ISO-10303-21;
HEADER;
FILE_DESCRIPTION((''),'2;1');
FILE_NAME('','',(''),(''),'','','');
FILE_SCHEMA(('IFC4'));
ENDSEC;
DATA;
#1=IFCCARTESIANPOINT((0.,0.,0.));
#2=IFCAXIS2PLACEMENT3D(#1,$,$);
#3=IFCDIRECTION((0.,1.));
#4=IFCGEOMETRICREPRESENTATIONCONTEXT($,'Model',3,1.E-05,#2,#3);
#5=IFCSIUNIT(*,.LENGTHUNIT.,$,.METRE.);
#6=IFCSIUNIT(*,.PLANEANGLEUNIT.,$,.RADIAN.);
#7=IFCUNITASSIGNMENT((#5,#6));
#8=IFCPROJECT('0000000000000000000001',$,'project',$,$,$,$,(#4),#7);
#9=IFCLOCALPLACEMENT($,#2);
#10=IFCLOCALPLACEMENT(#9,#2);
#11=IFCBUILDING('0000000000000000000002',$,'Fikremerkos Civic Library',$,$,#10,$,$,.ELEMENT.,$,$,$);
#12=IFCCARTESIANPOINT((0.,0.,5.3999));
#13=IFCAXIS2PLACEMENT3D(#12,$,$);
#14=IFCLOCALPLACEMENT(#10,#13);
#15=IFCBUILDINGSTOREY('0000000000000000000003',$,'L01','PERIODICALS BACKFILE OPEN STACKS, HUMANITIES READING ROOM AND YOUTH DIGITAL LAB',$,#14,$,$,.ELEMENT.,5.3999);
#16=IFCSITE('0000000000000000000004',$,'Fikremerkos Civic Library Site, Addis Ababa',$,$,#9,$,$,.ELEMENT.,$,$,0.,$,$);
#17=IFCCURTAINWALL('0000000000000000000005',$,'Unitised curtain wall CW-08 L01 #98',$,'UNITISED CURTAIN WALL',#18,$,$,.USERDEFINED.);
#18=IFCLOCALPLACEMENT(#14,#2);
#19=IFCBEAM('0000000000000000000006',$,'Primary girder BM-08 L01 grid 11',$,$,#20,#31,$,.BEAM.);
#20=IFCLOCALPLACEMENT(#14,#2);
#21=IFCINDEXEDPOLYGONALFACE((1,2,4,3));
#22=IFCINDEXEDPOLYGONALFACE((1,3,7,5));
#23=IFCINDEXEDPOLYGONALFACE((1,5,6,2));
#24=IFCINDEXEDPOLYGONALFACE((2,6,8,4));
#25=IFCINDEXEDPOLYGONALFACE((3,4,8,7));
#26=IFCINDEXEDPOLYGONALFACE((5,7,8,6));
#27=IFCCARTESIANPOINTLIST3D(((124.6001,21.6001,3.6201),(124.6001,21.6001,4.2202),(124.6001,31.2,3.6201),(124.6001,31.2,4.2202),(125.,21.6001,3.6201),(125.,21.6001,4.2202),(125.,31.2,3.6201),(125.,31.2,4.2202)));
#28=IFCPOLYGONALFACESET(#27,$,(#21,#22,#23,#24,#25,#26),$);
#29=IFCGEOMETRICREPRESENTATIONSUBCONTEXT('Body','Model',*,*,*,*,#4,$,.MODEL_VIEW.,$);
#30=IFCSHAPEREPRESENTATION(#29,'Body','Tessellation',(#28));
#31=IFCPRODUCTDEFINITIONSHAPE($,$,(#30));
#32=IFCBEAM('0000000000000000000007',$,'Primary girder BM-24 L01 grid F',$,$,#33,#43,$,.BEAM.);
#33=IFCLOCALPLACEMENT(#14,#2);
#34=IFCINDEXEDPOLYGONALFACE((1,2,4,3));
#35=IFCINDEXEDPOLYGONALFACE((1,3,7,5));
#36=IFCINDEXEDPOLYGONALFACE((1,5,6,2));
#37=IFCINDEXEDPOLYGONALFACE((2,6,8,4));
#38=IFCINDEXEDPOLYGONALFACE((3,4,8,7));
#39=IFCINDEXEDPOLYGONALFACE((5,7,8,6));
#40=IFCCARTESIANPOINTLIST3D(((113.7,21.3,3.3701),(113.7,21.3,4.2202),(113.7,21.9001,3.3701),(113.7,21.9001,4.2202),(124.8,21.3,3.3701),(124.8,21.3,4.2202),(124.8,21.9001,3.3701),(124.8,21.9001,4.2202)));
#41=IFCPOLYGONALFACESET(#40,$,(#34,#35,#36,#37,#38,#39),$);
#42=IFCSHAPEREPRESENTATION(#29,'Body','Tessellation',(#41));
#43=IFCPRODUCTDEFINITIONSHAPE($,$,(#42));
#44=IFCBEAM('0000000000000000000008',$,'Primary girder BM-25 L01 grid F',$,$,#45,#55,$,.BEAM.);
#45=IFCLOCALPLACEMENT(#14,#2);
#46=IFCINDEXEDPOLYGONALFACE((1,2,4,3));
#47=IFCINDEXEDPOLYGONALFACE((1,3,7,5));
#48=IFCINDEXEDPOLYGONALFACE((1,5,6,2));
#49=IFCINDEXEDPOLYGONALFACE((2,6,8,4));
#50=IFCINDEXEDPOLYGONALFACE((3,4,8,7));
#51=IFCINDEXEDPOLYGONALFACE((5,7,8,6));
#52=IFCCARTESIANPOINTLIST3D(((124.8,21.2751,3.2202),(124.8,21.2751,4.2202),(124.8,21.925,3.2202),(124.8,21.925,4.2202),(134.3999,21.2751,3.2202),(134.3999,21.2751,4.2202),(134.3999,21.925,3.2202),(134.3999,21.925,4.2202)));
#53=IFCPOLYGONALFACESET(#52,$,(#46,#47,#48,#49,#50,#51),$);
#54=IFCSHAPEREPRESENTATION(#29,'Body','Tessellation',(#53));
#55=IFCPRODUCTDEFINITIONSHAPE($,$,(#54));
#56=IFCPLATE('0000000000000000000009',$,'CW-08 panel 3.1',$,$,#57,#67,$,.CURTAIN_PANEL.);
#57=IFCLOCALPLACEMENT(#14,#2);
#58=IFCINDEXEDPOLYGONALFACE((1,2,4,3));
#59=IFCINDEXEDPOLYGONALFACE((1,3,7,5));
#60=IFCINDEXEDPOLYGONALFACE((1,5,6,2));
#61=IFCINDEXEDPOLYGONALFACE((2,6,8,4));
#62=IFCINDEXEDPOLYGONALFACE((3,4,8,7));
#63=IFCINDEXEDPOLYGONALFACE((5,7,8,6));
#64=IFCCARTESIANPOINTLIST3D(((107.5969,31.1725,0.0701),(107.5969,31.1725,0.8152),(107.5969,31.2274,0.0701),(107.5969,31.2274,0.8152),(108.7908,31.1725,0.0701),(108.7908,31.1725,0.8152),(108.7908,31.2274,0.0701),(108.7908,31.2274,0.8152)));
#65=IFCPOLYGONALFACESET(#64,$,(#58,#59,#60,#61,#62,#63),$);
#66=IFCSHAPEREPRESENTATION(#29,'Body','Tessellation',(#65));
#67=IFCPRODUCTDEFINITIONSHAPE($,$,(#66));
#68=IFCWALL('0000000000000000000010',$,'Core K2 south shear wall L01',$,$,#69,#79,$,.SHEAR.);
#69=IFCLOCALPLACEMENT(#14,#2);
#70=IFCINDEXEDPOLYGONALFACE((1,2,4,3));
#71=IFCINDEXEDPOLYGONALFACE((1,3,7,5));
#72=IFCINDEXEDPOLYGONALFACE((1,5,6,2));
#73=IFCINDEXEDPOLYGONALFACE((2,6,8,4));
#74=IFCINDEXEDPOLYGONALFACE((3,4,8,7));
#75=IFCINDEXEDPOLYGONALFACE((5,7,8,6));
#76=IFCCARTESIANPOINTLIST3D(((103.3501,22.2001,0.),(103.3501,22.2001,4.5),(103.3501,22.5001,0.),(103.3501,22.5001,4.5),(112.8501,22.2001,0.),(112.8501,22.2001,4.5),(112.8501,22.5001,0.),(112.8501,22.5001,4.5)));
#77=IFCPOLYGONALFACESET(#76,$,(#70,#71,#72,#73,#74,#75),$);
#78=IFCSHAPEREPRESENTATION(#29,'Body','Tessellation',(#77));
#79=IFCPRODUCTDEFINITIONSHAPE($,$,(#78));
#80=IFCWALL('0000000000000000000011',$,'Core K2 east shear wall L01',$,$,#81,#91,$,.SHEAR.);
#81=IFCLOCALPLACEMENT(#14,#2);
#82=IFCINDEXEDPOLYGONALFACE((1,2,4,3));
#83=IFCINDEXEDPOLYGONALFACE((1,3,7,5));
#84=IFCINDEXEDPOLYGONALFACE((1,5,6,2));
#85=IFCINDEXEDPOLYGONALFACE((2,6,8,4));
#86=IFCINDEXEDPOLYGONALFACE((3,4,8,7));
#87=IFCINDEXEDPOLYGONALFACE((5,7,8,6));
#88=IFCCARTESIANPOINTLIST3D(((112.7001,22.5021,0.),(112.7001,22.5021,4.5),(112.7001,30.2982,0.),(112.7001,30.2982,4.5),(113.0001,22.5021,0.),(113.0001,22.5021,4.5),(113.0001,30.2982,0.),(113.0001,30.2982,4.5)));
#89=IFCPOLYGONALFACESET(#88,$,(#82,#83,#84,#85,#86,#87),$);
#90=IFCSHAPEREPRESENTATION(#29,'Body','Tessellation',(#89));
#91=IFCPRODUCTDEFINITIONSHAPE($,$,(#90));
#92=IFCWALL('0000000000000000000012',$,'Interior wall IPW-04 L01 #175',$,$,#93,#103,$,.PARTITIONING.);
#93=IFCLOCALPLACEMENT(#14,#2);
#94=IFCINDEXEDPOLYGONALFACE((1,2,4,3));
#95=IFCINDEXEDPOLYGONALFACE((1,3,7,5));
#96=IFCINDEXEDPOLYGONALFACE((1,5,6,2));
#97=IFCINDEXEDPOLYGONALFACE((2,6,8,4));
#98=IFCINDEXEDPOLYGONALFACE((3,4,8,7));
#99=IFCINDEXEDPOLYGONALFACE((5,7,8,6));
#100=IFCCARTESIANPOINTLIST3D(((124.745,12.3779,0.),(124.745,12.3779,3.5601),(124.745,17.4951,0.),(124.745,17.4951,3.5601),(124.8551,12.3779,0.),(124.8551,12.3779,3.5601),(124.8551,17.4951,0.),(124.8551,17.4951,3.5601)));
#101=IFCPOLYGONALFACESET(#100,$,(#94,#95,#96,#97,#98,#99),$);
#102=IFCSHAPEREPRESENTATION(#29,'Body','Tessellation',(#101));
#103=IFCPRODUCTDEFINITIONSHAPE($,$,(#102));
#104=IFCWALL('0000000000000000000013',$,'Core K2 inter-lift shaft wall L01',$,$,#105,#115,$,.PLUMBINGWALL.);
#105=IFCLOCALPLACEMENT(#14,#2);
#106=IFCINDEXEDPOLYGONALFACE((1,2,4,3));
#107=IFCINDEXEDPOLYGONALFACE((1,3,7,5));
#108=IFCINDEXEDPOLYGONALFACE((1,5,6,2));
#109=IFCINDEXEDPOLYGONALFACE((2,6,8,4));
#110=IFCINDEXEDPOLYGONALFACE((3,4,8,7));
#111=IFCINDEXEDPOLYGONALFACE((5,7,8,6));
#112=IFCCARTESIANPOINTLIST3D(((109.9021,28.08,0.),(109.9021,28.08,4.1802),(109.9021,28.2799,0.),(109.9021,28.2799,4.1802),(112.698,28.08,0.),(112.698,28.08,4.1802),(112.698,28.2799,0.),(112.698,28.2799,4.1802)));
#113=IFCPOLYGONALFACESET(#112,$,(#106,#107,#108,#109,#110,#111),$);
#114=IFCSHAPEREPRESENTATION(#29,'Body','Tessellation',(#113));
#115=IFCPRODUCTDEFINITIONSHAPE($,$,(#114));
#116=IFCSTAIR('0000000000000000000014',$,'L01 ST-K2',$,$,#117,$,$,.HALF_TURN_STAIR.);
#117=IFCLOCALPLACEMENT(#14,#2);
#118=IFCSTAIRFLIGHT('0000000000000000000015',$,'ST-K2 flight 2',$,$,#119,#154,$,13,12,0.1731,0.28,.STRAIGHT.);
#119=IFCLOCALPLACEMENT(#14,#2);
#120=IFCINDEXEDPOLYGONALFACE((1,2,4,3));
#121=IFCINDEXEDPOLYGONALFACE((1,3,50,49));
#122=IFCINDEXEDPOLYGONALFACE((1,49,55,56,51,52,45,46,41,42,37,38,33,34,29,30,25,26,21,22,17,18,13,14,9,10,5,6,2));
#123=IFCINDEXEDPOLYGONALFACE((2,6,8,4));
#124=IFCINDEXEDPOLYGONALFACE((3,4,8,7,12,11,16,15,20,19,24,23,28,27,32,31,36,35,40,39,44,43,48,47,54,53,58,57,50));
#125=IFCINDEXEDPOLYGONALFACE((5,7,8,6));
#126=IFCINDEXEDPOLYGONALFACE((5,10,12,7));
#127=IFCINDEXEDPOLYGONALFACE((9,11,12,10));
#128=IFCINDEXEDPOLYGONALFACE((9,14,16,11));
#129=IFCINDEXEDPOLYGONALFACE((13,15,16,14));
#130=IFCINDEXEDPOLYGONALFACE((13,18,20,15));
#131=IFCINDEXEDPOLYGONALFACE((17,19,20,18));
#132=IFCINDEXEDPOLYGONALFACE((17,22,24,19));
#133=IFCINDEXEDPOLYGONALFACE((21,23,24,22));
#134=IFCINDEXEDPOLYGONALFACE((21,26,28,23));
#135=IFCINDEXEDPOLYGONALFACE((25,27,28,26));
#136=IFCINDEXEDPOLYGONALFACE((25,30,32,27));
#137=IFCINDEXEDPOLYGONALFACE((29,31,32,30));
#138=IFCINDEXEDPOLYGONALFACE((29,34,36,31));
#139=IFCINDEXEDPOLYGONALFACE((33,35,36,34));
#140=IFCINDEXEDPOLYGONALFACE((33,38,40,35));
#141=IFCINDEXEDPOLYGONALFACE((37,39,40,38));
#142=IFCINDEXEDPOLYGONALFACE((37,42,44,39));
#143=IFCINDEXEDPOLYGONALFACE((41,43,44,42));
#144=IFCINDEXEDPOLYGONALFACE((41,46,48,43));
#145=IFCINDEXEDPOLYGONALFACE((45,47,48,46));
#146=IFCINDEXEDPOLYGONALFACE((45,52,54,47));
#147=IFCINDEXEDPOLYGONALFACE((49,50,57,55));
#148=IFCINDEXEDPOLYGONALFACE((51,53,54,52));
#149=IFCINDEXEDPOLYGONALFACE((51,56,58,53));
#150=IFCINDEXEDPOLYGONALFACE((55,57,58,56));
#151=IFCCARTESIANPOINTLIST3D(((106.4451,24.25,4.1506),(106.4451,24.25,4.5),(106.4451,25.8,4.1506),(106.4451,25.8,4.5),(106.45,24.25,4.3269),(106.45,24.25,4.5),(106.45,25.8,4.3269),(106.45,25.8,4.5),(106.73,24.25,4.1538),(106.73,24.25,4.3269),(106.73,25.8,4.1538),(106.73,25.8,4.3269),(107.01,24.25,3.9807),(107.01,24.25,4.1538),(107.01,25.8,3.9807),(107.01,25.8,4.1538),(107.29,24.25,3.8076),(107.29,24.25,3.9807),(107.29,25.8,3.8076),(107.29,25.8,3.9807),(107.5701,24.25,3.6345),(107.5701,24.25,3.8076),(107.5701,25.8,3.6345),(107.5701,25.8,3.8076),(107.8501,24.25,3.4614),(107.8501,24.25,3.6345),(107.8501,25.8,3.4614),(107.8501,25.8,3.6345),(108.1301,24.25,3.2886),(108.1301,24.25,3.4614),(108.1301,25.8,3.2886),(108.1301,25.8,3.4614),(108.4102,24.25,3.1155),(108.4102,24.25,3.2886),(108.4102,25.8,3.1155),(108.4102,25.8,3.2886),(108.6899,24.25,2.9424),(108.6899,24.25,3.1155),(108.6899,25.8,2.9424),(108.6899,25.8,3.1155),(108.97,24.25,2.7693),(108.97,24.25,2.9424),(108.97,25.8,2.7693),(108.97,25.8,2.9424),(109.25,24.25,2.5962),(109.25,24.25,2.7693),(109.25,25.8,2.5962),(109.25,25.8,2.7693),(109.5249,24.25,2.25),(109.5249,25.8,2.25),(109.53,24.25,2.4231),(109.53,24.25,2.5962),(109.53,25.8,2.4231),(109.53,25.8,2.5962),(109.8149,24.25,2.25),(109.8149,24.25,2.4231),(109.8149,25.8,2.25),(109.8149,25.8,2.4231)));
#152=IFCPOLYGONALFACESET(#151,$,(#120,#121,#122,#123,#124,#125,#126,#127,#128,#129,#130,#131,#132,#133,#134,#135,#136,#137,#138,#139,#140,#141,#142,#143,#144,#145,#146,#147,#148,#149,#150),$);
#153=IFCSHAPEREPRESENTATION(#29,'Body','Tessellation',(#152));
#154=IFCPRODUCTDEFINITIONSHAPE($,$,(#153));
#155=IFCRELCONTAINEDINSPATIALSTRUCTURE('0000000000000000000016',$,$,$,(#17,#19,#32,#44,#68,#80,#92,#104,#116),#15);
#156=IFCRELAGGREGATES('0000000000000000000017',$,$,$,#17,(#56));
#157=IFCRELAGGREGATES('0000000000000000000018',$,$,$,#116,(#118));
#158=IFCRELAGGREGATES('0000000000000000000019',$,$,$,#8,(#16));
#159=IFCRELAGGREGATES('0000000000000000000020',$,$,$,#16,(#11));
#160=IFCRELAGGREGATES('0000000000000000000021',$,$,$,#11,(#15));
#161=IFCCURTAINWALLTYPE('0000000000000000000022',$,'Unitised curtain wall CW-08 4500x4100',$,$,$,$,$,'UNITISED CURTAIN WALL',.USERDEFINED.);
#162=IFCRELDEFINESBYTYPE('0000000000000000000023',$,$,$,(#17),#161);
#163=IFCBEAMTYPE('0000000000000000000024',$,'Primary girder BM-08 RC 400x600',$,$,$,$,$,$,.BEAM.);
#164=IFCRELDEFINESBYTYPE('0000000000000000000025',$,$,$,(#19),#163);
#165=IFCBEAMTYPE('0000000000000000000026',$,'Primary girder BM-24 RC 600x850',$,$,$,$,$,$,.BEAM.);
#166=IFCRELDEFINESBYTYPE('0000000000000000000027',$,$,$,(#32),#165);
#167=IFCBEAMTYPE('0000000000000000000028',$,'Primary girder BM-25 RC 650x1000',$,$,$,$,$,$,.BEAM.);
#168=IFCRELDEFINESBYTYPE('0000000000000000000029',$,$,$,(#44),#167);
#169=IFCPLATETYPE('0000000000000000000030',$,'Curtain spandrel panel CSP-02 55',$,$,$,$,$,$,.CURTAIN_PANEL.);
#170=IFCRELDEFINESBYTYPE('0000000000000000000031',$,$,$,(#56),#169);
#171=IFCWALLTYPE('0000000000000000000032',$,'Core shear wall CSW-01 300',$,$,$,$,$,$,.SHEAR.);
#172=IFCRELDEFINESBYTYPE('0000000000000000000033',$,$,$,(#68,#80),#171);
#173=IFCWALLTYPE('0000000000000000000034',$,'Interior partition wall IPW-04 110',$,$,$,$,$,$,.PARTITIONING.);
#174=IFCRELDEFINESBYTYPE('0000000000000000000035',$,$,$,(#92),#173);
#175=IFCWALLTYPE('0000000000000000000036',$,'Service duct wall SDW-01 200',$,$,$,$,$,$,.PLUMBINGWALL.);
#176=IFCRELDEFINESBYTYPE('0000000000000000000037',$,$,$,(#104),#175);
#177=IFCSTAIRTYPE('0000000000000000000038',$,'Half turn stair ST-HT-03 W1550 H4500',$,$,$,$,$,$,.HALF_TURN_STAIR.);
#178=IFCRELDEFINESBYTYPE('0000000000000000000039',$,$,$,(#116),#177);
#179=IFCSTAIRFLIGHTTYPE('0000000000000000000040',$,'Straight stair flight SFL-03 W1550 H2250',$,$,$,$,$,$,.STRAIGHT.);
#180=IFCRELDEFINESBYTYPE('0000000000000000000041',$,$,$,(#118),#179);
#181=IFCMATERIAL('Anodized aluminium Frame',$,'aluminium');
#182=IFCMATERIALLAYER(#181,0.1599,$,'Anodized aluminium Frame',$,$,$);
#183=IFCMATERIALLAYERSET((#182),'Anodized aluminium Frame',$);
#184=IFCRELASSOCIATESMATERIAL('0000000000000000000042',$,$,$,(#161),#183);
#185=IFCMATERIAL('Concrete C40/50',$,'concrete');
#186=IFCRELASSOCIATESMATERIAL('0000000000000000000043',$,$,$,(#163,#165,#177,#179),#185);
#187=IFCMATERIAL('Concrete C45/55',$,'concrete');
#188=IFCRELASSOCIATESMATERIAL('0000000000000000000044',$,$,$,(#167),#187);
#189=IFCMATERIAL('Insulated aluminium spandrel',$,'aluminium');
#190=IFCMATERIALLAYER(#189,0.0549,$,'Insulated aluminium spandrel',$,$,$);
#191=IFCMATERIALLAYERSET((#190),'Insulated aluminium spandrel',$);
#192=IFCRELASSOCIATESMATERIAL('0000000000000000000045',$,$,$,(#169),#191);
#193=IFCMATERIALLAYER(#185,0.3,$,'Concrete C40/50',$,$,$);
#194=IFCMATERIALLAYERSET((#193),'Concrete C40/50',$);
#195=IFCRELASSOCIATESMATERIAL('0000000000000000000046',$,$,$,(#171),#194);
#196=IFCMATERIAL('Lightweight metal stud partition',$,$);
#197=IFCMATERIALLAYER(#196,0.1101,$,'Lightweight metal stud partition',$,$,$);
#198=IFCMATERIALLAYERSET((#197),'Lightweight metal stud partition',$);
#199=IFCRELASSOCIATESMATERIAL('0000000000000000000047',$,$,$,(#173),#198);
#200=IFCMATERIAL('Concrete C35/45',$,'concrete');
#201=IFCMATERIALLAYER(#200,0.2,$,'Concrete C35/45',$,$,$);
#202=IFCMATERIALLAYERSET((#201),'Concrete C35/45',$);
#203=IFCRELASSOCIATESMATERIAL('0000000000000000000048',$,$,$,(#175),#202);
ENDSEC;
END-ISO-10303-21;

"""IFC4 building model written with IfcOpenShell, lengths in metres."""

from ifc_helpers import new_model, si_unit, direction, frame, frame_2d, origin, origin_2d, place, context, subcontext, project, spatial, polyline, rectangle, outline, extrude, material, layer, layer_set, material_profile, profile_set, type_object, element, aggregate, save


model = new_model("IFC4")

# Units and contexts
model_context = context("Model", 3, precision=1e-05, world=origin(), true_north=direction((0.0, 1.0)))
body_context = subcontext(model_context, "Body", "Model", "MODEL_VIEW")
ifc_project = project(units=[si_unit("LENGTHUNIT", "METRE"), si_unit("PLANEANGLEUNIT", "RADIAN")], contexts=[model_context])

# Site, building, storey
site_placement = place(None, origin())
site = spatial("IfcSite", under=ifc_project, at=site_placement, Name="Fikremerkos Civic Library Site, Addis Ababa", CompositionType="ELEMENT", RefElevation=0.0)
building_placement = place(site_placement, origin())
building = spatial("IfcBuilding", under=site, at=building_placement, Name="Fikremerkos Civic Library", CompositionType="ELEMENT")
storey_placement = place(building_placement, frame((0.0, 0.0, 5.3999)))
storey = spatial("IfcBuildingStorey", under=building, at=storey_placement, Name="L01", Description="PERIODICALS BACKFILE OPEN STACKS, HUMANITIES READING ROOM AND YOUTH DIGITAL LAB", CompositionType="ELEMENT", Elevation=5.3999)

# Shared definitions
ifc_material_1 = material(Name="Concrete C40/50", Category="concrete")

# Curtain wall
ifc_material_2 = material(Name="Anodized aluminium Frame", Category="aluminium")
ifc_layer_1 = layer(ifc_material_2, 0.1599, Name="Anodized aluminium Frame")
ifc_layer_set_1 = layer_set([ifc_layer_1], Name="Anodized aluminium Frame")
curtain_wall_type = type_object("IfcCurtainWallType", Name="Unitised curtain wall CW-08 4500x4100", ElementType="UNITISED CURTAIN WALL", PredefinedType="USERDEFINED", material=ifc_layer_set_1)
curtain_wall_placement = place(storey_placement, origin())
curtain_wall = element("IfcCurtainWall", 1, at=curtain_wall_placement, inside=storey, type_object=curtain_wall_type, Name="Unitised curtain wall CW-08 L01 #98", ObjectType="UNITISED CURTAIN WALL", PredefinedType="USERDEFINED")

# Beams
ifc_material_profile_1 = material_profile(ifc_material_1, rectangle(XDim=0.3999, YDim=0.6001, at=origin_2d()), Name="RC 400x600")
ifc_profile_set_1 = profile_set([ifc_material_profile_1], Name="Concrete C40/50")
beam_type_1 = type_object("IfcBeamType", Name="Primary girder BM-08 RC 400x600", PredefinedType="BEAM", material=ifc_profile_set_1)
beam_1_placement = place(storey_placement, frame((124.8, 21.6001, 3.9202), z_axis=(0.0, 1.0, 0.0), x_axis=(-1.0, 0.0, 0.0)))
element("IfcBeam", 2, at=beam_1_placement, inside=storey, type_object=beam_type_1, Name="Primary girder BM-08 L01 grid 11", PredefinedType="BEAM", context=body_context, shape_type="SweptSolid", body=[
    extrude(rectangle(XDim=0.3999, YDim=0.6001, at=origin_2d()), origin(), (0.0, 0.0, 1.0), 9.5999),
])
ifc_material_profile_2 = material_profile(ifc_material_1, rectangle(XDim=0.6001, YDim=0.8501, at=origin_2d()), Name="RC 600x850")
ifc_profile_set_2 = profile_set([ifc_material_profile_2], Name="Concrete C40/50")
beam_type_2 = type_object("IfcBeamType", Name="Primary girder BM-24 RC 600x850", PredefinedType="BEAM", material=ifc_profile_set_2)
beam_2_placement = place(storey_placement, frame((113.7, 21.6001, 3.7952), z_axis=(1.0, 0.0, 0.0), x_axis=(0.0, 1.0, 0.0)))
element("IfcBeam", 3, at=beam_2_placement, inside=storey, type_object=beam_type_2, Name="Primary girder BM-24 L01 grid F", PredefinedType="BEAM", context=body_context, shape_type="SweptSolid", body=[
    extrude(rectangle(XDim=0.6001, YDim=0.8501, at=origin_2d()), origin(), (0.0, 0.0, 1.0), 11.1001),
])
ifc_material_3 = material(Name="Concrete C45/55", Category="concrete")
ifc_material_profile_3 = material_profile(ifc_material_3, rectangle(XDim=0.6499, YDim=1.0, at=origin_2d()), Name="RC 650x1000")
ifc_profile_set_3 = profile_set([ifc_material_profile_3], Name="Concrete C45/55")
beam_type_3 = type_object("IfcBeamType", Name="Primary girder BM-25 RC 650x1000", PredefinedType="BEAM", material=ifc_profile_set_3)
beam_3_placement = place(storey_placement, frame((124.8, 21.6001, 3.7202), z_axis=(1.0, 0.0, 0.0), x_axis=(0.0, 1.0, 0.0)))
element("IfcBeam", 4, at=beam_3_placement, inside=storey, type_object=beam_type_3, Name="Primary girder BM-25 L01 grid F", PredefinedType="BEAM", context=body_context, shape_type="SweptSolid", body=[
    extrude(rectangle(XDim=0.6499, YDim=1.0, at=origin_2d()), origin(), (0.0, 0.0, 1.0), 9.5999),
])

# Plate
ifc_material_4 = material(Name="Insulated aluminium spandrel", Category="aluminium")
ifc_layer_2 = layer(ifc_material_4, 0.0549, Name="Insulated aluminium spandrel")
ifc_layer_set_2 = layer_set([ifc_layer_2], Name="Insulated aluminium spandrel")
plate_type = type_object("IfcPlateType", Name="Curtain spandrel panel CSP-02 55", PredefinedType="CURTAIN_PANEL", material=ifc_layer_set_2)
plate_placement = place(storey_placement, frame((108.1938, 31.2, 0.0701), z_axis=(0.0, 0.0, 1.0), x_axis=(1.0, 0.0, 0.0)))
plate = element("IfcPlate", 5, at=plate_placement, type_object=plate_type, Name="CW-08 panel 3.1", PredefinedType="CURTAIN_PANEL", context=body_context, shape_type="SweptSolid", body=[
    extrude(rectangle(XDim=1.1938, YDim=0.0549, at=origin_2d()), origin(), (0.0, 0.0, 1.0), 0.7451),
])
aggregate(curtain_wall, [plate])

# Walls
ifc_layer_3 = layer(ifc_material_1, 0.3, Name="Concrete C40/50")
ifc_layer_set_3 = layer_set([ifc_layer_3], Name="Concrete C40/50")
wall_type_1 = type_object("IfcWallType", Name="Core shear wall CSW-01 300", PredefinedType="SHEAR", material=ifc_layer_set_3)
wall_1_placement = place(storey_placement, frame((112.8501, 22.3501, 0.0), z_axis=(0.0, 0.0, 1.0), x_axis=(-1.0, 0.0, 0.0)))
element("IfcWall", 6, at=wall_1_placement, inside=storey, type_object=wall_type_1, Name="Core K2 south shear wall L01", PredefinedType="SHEAR", context=body_context, shape_type="SweptSolid", body=[
    extrude(rectangle(XDim=9.5, YDim=0.3, at=frame_2d((4.75, 0.0))), origin(), (0.0, 0.0, 1.0), 4.5),
])
wall_2_placement = place(storey_placement, frame((112.8501, 30.2981, 0.0), z_axis=(0.0, 0.0, 1.0), x_axis=(0.0, -1.0, 0.0)))
element("IfcWall", 7, at=wall_2_placement, inside=storey, type_object=wall_type_1, Name="Core K2 east shear wall L01", PredefinedType="SHEAR", context=body_context, shape_type="SweptSolid", body=[
    extrude(rectangle(XDim=7.7961, YDim=0.3, at=frame_2d((3.8979, 0.0))), origin(), (0.0, 0.0, 1.0), 4.5),
])

# Walls
ifc_material_5 = material(Name="Lightweight metal stud partition")
ifc_layer_4 = layer(ifc_material_5, 0.1101, Name="Lightweight metal stud partition")
ifc_layer_set_4 = layer_set([ifc_layer_4], Name="Lightweight metal stud partition")
wall_type_2 = type_object("IfcWallType", Name="Interior partition wall IPW-04 110", PredefinedType="PARTITIONING", material=ifc_layer_set_4)
wall_3_placement = place(storey_placement, frame((124.8, 12.3779, 0.0), z_axis=(0.0, 0.0, 1.0), x_axis=(0.0, 1.0, 0.0)))
element("IfcWall", 8, at=wall_3_placement, inside=storey, type_object=wall_type_2, Name="Interior wall IPW-04 L01 #175", PredefinedType="PARTITIONING", context=body_context, shape_type="SweptSolid", body=[
    extrude(rectangle(XDim=5.1172, YDim=0.1101, at=frame_2d((2.5586, 0.0))), origin(), (0.0, 0.0, 1.0), 3.5601),
])
ifc_material_6 = material(Name="Concrete C35/45", Category="concrete")
ifc_layer_5 = layer(ifc_material_6, 0.2, Name="Concrete C35/45")
ifc_layer_set_5 = layer_set([ifc_layer_5], Name="Concrete C35/45")
wall_type_3 = type_object("IfcWallType", Name="Service duct wall SDW-01 200", PredefinedType="PLUMBINGWALL", material=ifc_layer_set_5)
wall_4_placement = place(storey_placement, frame((109.9021, 28.1799, 0.0), z_axis=(0.0, 0.0, 1.0), x_axis=(1.0, 0.0, 0.0)))
element("IfcWall", 9, at=wall_4_placement, inside=storey, type_object=wall_type_3, Name="Core K2 inter-lift shaft wall L01", PredefinedType="PLUMBINGWALL", context=body_context, shape_type="SweptSolid", body=[
    extrude(rectangle(XDim=2.7959, YDim=0.2, at=frame_2d((1.3979, 0.0))), origin(), (0.0, 0.0, 1.0), 4.1802),
])

# Stair, stair flight
stair_type = type_object("IfcStairType", Name="Half turn stair ST-HT-03 W1550 H4500", PredefinedType="HALF_TURN_STAIR", material=ifc_material_1)
stair_placement = place(storey_placement, origin())
stair = element("IfcStair", 10, at=stair_placement, inside=storey, type_object=stair_type, Name="L01 ST-K2", PredefinedType="HALF_TURN_STAIR")
stair_flight_type = type_object("IfcStairFlightType", Name="Straight stair flight SFL-03 W1550 H2250", PredefinedType="STRAIGHT", material=ifc_material_1)
stair_flight_placement = place(storey_placement, frame((109.8101, 25.0249, 2.25), z_axis=(0.0, 0.0, 1.0), x_axis=(-1.0, 0.0, 0.0)))
stair_flight = element("IfcStairFlight", 11, at=stair_flight_placement, type_object=stair_flight_type, Name="ST-K2 flight 2", NumberOfRisers=13, NumberOfTreads=12, PredefinedType="STRAIGHT", RiserHeight=0.1731, TreadLength=0.28, context=body_context, shape_type="SweptSolid", body=[
    extrude(outline(polyline([(-0.0049, 0.0), (-0.0049, 0.1731), (0.28, 0.1731), (0.28, 0.3462), (0.5601, 0.3462), (0.5601, 0.5193), (0.8401, 0.5193), (0.8401, 0.6924), (1.1201, 0.6924), (1.1201, 0.8655), (1.3999, 0.8655), (1.3999, 1.0386), (1.6799, 1.0386), (1.6799, 1.2114), (1.96, 1.2114), (1.96, 1.3845), (2.24, 1.3845), (2.24, 1.5576), (2.52, 1.5576), (2.52, 1.7307), (2.8, 1.7307), (2.8, 1.9038), (3.0801, 1.9038), (3.0801, 2.0769), (3.3601, 2.0769), (3.3601, 2.25), (3.365, 2.25), (3.365, 1.9006), (0.2852, 0.0), (-0.0049, 0.0)])), frame((0.0, 0.7749, 0.0), z_axis=(0.0, -1.0, 0.0), x_axis=(1.0, 0.0, 0.0)), (0.0, 0.0, 1.0), 1.55),
])
aggregate(stair, [stair_flight])

save(model, "model.ifc")
